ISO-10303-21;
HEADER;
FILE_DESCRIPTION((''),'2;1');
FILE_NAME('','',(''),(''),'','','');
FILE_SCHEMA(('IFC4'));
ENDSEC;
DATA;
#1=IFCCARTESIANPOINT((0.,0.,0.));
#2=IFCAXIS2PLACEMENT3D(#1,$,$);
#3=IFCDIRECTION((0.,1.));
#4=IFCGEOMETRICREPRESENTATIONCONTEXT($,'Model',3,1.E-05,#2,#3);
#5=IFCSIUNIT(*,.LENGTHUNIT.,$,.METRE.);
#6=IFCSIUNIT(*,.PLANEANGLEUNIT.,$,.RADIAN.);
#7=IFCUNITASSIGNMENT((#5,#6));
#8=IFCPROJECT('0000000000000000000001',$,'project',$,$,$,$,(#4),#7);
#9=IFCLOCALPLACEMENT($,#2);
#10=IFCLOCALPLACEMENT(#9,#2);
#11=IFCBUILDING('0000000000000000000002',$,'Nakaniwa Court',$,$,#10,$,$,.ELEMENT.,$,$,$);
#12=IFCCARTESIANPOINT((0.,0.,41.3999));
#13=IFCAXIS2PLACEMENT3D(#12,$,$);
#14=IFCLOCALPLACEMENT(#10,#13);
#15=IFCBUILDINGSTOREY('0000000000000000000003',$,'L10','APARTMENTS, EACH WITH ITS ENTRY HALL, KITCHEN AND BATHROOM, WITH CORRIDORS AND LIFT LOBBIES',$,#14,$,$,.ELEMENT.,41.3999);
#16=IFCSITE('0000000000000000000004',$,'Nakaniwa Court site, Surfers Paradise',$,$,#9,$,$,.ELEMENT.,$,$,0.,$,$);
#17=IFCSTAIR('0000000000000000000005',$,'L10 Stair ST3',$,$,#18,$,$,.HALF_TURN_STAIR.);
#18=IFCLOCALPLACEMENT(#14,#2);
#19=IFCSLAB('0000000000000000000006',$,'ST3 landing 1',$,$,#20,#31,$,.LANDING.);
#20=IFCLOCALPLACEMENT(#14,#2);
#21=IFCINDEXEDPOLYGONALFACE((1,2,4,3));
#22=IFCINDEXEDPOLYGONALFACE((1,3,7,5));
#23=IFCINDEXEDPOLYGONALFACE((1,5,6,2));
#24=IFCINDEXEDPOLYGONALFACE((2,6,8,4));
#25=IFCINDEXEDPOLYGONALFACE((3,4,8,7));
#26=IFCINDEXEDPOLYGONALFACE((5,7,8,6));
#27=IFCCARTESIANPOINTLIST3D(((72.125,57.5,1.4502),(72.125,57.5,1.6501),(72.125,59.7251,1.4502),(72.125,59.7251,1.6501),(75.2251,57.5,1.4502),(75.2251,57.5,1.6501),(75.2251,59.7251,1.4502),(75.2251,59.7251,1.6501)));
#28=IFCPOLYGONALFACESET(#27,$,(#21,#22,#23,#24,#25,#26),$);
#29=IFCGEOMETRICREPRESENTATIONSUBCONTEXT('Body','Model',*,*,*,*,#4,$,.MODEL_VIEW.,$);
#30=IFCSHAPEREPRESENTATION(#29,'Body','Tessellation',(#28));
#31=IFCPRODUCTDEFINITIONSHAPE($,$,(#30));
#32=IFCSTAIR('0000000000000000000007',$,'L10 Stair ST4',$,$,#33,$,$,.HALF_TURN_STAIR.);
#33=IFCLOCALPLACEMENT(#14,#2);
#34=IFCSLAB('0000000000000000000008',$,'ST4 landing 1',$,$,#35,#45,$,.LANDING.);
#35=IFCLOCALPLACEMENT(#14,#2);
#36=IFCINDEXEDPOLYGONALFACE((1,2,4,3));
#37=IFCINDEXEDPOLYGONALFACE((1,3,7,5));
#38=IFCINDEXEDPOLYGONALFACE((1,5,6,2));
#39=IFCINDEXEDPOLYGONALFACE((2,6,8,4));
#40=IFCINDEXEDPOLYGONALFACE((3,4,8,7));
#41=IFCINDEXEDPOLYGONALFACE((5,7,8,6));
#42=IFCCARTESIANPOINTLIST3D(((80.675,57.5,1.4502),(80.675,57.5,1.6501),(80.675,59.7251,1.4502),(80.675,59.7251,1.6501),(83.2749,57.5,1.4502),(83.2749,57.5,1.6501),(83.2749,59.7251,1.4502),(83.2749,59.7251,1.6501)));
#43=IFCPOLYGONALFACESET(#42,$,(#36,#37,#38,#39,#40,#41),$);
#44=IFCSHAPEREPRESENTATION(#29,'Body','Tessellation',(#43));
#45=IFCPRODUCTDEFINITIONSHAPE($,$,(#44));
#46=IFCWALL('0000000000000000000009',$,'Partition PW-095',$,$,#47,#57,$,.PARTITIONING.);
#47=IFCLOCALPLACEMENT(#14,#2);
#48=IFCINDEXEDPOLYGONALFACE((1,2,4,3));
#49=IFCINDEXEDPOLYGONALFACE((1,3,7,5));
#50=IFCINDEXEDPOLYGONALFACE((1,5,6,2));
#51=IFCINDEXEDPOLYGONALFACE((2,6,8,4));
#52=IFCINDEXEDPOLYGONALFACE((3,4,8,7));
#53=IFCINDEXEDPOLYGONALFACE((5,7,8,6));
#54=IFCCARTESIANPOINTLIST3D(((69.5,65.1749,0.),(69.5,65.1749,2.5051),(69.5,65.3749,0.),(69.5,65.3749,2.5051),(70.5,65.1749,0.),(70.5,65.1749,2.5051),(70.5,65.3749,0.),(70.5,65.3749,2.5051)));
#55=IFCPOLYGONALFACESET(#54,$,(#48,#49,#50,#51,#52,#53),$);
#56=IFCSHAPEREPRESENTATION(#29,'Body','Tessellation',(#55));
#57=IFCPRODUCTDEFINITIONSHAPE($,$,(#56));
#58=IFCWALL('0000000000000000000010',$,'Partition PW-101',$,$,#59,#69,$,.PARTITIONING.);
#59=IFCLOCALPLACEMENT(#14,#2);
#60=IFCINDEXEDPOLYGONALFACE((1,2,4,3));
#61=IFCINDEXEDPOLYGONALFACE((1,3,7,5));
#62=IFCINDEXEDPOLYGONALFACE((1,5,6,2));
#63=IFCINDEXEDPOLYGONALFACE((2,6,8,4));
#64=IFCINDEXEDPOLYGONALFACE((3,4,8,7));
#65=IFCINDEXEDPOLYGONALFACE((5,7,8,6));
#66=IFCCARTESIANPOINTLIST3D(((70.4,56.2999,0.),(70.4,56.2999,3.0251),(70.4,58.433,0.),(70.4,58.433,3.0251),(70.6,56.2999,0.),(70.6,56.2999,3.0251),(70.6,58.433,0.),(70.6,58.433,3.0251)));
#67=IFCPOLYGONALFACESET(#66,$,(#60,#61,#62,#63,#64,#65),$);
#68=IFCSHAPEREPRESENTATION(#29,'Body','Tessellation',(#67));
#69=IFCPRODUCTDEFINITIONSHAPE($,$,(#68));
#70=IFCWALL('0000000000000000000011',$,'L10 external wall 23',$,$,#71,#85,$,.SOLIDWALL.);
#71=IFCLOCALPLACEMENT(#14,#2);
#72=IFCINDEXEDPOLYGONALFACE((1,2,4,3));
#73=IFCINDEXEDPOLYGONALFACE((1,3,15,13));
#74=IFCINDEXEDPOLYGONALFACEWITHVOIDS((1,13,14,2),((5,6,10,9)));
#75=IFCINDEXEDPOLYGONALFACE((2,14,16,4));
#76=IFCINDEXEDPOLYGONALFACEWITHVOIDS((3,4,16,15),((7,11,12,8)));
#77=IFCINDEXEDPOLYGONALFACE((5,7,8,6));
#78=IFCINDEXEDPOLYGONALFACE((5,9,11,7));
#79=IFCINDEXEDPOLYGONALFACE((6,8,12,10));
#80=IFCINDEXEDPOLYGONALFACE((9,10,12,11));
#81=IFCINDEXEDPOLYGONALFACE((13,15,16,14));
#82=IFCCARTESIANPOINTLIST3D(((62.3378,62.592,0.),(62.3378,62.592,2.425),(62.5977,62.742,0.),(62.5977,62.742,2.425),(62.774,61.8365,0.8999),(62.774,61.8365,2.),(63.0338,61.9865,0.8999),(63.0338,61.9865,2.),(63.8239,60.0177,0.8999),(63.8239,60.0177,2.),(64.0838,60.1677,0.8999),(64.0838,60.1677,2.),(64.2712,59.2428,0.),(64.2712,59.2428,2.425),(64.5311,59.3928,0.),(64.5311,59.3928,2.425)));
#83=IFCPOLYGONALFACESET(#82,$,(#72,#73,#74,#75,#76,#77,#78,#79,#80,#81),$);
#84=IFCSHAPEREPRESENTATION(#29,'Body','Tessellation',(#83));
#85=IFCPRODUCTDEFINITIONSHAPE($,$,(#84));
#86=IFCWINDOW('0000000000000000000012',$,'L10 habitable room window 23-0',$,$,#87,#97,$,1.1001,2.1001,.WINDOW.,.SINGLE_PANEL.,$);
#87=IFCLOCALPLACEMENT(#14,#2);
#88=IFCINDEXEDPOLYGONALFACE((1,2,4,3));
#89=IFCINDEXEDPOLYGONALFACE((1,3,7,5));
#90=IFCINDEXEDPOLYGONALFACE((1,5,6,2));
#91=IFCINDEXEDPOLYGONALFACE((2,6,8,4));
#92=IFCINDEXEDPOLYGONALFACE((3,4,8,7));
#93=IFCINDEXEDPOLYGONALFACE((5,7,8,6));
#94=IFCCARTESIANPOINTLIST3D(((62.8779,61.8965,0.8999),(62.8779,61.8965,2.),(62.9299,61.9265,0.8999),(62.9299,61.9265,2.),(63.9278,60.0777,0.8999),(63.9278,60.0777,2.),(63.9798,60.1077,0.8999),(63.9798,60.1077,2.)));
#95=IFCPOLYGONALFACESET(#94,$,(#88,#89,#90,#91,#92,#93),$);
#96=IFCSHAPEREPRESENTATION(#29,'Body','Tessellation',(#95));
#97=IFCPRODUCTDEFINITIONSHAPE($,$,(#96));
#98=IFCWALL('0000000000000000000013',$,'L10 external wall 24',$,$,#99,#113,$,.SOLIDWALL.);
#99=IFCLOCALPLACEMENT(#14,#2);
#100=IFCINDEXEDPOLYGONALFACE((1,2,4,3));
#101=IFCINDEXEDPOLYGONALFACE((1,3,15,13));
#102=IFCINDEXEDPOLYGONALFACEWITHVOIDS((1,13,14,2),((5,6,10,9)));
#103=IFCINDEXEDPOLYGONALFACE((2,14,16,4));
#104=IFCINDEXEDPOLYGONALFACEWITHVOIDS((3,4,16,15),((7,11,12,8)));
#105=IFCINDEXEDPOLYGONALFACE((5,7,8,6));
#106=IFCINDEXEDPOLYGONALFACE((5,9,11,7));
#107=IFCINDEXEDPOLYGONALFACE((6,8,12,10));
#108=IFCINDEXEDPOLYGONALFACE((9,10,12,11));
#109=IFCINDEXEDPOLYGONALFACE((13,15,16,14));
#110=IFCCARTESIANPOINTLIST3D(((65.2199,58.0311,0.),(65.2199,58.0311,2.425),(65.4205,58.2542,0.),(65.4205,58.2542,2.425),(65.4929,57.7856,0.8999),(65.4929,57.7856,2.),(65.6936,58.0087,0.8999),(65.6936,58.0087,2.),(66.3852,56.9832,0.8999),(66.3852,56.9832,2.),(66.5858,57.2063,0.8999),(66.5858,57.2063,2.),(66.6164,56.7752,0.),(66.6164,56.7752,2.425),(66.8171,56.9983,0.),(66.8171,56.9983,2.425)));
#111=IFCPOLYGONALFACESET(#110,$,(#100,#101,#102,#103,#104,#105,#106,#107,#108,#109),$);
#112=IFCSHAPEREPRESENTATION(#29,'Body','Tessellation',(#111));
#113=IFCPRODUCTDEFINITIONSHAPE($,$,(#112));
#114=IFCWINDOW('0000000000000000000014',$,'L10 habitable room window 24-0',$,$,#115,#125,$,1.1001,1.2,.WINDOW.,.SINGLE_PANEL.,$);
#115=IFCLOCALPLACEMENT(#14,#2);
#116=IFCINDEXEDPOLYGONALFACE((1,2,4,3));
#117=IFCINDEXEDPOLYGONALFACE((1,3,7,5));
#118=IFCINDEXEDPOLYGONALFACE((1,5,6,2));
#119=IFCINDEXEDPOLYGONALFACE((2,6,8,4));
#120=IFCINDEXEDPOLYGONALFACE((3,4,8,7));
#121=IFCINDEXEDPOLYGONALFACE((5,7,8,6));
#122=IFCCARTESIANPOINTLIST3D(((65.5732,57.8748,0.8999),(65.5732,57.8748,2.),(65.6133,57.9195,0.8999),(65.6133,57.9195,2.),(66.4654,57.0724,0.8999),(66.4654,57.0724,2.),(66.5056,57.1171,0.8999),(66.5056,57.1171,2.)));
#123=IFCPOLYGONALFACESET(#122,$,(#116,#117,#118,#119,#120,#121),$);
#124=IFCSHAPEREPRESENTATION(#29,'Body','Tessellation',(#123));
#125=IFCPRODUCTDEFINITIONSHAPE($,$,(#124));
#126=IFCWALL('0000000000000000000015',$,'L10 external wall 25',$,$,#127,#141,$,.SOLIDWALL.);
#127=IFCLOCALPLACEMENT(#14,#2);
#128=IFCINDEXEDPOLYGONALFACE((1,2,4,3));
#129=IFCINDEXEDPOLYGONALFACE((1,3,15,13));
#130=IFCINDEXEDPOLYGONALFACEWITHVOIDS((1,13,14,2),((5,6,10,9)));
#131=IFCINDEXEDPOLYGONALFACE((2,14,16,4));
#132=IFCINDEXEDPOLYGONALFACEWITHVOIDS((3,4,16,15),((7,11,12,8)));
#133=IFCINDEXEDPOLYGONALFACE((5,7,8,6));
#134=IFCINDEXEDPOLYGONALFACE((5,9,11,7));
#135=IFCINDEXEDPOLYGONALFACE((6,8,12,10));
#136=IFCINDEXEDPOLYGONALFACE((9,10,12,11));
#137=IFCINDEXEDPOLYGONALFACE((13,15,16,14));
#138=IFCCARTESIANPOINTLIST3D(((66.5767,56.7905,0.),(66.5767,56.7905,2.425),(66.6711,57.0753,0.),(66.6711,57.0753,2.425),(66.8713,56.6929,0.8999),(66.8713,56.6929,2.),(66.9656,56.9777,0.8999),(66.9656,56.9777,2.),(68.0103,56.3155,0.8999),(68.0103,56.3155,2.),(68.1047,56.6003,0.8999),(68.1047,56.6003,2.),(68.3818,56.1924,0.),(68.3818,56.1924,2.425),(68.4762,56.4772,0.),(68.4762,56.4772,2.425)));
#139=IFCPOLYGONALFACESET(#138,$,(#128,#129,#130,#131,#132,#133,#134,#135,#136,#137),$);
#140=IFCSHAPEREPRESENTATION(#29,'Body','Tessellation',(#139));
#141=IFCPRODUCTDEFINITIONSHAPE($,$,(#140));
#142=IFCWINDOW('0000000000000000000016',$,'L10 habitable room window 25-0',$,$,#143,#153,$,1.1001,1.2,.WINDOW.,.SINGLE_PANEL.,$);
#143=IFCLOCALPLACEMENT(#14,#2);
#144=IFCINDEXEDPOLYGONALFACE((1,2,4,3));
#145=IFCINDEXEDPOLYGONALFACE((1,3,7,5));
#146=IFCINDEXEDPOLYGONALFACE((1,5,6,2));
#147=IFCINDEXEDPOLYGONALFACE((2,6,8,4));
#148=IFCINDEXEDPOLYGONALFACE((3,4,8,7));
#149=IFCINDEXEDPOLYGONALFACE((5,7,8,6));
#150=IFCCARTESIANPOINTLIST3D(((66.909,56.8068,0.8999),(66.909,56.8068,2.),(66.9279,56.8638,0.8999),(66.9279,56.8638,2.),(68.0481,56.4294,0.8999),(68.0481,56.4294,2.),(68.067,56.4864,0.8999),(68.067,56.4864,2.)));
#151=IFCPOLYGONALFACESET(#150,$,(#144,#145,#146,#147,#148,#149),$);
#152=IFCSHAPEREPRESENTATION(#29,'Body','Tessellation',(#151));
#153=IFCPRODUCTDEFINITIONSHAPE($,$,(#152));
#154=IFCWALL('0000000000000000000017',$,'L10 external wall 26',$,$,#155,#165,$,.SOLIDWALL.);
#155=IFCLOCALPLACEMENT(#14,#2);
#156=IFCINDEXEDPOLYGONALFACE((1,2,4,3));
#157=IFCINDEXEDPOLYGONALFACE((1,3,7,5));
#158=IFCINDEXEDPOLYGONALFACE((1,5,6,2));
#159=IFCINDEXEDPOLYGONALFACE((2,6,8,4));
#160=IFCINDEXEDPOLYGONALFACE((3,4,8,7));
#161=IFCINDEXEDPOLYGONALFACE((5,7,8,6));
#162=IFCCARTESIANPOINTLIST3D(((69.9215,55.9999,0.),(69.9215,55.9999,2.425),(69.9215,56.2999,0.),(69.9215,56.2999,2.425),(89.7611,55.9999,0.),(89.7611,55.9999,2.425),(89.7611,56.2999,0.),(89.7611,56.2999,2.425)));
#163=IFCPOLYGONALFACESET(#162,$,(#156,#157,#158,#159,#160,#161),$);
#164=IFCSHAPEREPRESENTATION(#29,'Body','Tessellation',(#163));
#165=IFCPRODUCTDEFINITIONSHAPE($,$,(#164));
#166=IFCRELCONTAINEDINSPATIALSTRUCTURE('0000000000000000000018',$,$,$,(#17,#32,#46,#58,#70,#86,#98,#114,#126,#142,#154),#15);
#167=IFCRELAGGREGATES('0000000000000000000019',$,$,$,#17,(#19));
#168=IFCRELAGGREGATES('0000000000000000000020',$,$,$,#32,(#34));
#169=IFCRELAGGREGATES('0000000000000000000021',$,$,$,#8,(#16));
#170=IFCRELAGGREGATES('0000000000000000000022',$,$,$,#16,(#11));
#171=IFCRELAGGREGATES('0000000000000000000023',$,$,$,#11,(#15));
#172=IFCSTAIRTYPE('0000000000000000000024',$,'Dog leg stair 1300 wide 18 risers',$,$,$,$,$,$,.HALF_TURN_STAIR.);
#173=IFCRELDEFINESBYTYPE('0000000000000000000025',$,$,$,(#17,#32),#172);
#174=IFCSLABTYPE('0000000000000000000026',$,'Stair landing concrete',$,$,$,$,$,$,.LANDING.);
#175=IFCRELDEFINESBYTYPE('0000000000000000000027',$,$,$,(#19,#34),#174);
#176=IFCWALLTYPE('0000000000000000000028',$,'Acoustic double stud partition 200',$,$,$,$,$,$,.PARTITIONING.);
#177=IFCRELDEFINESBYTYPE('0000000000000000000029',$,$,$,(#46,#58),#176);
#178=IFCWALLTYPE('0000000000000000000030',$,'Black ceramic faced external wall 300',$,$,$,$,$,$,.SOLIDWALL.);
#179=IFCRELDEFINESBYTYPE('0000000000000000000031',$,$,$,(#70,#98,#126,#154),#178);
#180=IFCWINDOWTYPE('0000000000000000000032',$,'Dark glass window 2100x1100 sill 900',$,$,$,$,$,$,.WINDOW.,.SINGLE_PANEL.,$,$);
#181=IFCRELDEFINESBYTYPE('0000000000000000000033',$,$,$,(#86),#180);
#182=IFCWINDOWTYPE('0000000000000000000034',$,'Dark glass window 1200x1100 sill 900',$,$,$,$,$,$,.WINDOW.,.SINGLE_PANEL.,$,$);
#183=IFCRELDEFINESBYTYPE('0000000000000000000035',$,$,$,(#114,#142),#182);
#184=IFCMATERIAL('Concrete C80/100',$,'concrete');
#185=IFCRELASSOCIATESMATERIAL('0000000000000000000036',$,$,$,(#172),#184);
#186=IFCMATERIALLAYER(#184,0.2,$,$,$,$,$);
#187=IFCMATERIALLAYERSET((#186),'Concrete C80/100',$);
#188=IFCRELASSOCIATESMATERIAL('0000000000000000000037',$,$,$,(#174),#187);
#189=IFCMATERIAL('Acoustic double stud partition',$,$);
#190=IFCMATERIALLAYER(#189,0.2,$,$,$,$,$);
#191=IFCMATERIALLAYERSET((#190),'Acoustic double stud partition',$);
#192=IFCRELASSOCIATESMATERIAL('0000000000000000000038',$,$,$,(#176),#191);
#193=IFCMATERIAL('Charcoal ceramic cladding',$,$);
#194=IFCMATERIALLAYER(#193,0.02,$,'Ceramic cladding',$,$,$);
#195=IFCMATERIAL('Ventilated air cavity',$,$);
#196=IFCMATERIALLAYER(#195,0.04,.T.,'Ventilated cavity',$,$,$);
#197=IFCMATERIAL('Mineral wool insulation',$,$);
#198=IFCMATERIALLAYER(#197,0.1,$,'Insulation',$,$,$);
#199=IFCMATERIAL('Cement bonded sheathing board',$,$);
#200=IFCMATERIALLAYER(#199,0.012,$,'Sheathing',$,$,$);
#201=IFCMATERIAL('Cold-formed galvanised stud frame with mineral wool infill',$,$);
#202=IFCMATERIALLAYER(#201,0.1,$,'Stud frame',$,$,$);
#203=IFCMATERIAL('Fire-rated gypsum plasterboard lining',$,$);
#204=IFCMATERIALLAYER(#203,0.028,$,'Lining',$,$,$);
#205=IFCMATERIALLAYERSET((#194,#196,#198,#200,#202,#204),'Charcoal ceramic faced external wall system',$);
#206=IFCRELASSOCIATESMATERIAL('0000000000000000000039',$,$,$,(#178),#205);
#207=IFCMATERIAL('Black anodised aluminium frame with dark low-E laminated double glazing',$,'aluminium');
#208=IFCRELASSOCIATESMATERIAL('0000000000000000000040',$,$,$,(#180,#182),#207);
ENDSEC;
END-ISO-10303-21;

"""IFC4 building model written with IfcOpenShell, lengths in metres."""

from ifc_helpers import new_model, si_unit, direction, frame, frame_2d, origin, place, context, subcontext, project, spatial, polyline, rectangle, outline, extrude, material, layer, layer_set, type_object, element, fill, aggregate, save


model = new_model("IFC4")

# Units and contexts
model_context = context("Model", 3, precision=1e-05, world=origin(), true_north=direction((0.0, 1.0)))
body_context = subcontext(model_context, "Body", "Model", "MODEL_VIEW")
ifc_project = project(units=[si_unit("LENGTHUNIT", "METRE"), si_unit("PLANEANGLEUNIT", "RADIAN")], contexts=[model_context])

# Site, building, storey
site_placement = place(None, origin())
site = spatial("IfcSite", under=ifc_project, at=site_placement, Name="Nakaniwa Court site, Surfers Paradise", CompositionType="ELEMENT", RefElevation=0.0)
building_placement = place(site_placement, origin())
building = spatial("IfcBuilding", under=site, at=building_placement, Name="Nakaniwa Court", CompositionType="ELEMENT")
storey_placement = place(building_placement, frame((0.0, 0.0, 41.3999)))
storey = spatial("IfcBuildingStorey", under=building, at=storey_placement, Name="L10", Description="APARTMENTS, EACH WITH ITS ENTRY HALL, KITCHEN AND BATHROOM, WITH CORRIDORS AND LIFT LOBBIES", CompositionType="ELEMENT", Elevation=41.3999)

# Stairs, slabs
ifc_material_1 = material(Name="Concrete C80/100", Category="concrete")
stair_type = type_object("IfcStairType", Name="Dog leg stair 1300 wide 18 risers", PredefinedType="HALF_TURN_STAIR", material=ifc_material_1)
ifc_layer_1 = layer(ifc_material_1, 0.2)
ifc_layer_set_1 = layer_set([ifc_layer_1], Name="Concrete C80/100")
slab_type_1 = type_object("IfcSlabType", Name="Stair landing concrete", PredefinedType="LANDING", material=ifc_layer_set_1)
stair_1_placement = place(storey_placement, origin())
stair_1 = element("IfcStair", 1, at=stair_1_placement, inside=storey, type_object=stair_type, Name="L10 Stair ST3", PredefinedType="HALF_TURN_STAIR")
slab_1_placement = place(storey_placement, frame((0.0, 0.0, 1.4502)))
slab_1 = element("IfcSlab", 2, at=slab_1_placement, type_object=slab_type_1, Name="ST3 landing 1", PredefinedType="LANDING", context=body_context, shape_type="SweptSolid", body=[
    extrude(outline(polyline([(75.2251, 57.5), (75.2251, 59.7251), (72.125, 59.7251), (72.125, 57.5), (75.2251, 57.5)])), origin(), (0.0, 0.0, 1.0), 0.2),
])
aggregate(stair_1, [slab_1])
stair_2_placement = place(storey_placement, origin())
stair_2 = element("IfcStair", 3, at=stair_2_placement, inside=storey, type_object=stair_type, Name="L10 Stair ST4", PredefinedType="HALF_TURN_STAIR")
slab_2_placement = place(storey_placement, frame((0.0, 0.0, 1.4502)))
slab_2 = element("IfcSlab", 4, at=slab_2_placement, type_object=slab_type_1, Name="ST4 landing 1", PredefinedType="LANDING", context=body_context, shape_type="SweptSolid", body=[
    extrude(outline(polyline([(83.2749, 57.5), (83.2749, 59.7251), (80.675, 59.7251), (80.675, 57.5), (83.2749, 57.5)])), origin(), (0.0, 0.0, 1.0), 0.2),
])
aggregate(stair_2, [slab_2])

# Walls
ifc_material_2 = material(Name="Acoustic double stud partition")
ifc_layer_2 = layer(ifc_material_2, 0.2)
ifc_layer_set_2 = layer_set([ifc_layer_2], Name="Acoustic double stud partition")
wall_type_1 = type_object("IfcWallType", Name="Acoustic double stud partition 200", PredefinedType="PARTITIONING", material=ifc_layer_set_2)
wall_1_placement = place(storey_placement, frame((69.5, 65.2749, 0.0), z_axis=(0.0, 0.0, 1.0), x_axis=(1.0, 0.0, 0.0)))
element("IfcWall", 5, at=wall_1_placement, inside=storey, type_object=wall_type_1, Name="Partition PW-095", PredefinedType="PARTITIONING", context=body_context, shape_type="SweptSolid", body=[
    extrude(rectangle(XDim=1.0, YDim=0.2, at=frame_2d((0.5, 0.0))), origin(), (0.0, 0.0, 1.0), 2.5051),
])
wall_2_placement = place(storey_placement, frame((70.5, 56.3, 0.0), z_axis=(0.0, 0.0, 1.0), x_axis=(0.0, 1.0, 0.0)))
element("IfcWall", 6, at=wall_2_placement, inside=storey, type_object=wall_type_1, Name="Partition PW-101", PredefinedType="PARTITIONING", context=body_context, shape_type="SweptSolid", body=[
    extrude(rectangle(XDim=2.1331, YDim=0.2, at=frame_2d((1.0664, 0.0))), origin(), (0.0, 0.0, 1.0), 3.0251),
])

# Walls, openings, windows
ifc_material_3 = material(Name="Charcoal ceramic cladding")
ifc_layer_3 = layer(ifc_material_3, 0.02, Name="Ceramic cladding")
ifc_material_4 = material(Name="Ventilated air cavity")
ifc_layer_4 = layer(ifc_material_4, 0.04, ventilated=True, Name="Ventilated cavity")
ifc_material_5 = material(Name="Mineral wool insulation")
ifc_layer_5 = layer(ifc_material_5, 0.1, Name="Insulation")
ifc_material_6 = material(Name="Cement bonded sheathing board")
ifc_layer_6 = layer(ifc_material_6, 0.012, Name="Sheathing")
ifc_material_7 = material(Name="Cold-formed galvanised stud frame with mineral wool infill")
ifc_layer_7 = layer(ifc_material_7, 0.1, Name="Stud frame")
ifc_material_8 = material(Name="Fire-rated gypsum plasterboard lining")
ifc_layer_8 = layer(ifc_material_8, 0.028, Name="Lining")
ifc_layer_set_3 = layer_set([ifc_layer_3, ifc_layer_4, ifc_layer_5, ifc_layer_6, ifc_layer_7, ifc_layer_8], Name="Charcoal ceramic faced external wall system")
wall_type_2 = type_object("IfcWallType", Name="Black ceramic faced external wall 300", PredefinedType="SOLIDWALL", material=ifc_layer_set_3)
wall_3_placement = place(storey_placement, frame((62.4678, 62.667, 0.0), z_axis=(0.0, 0.0, 1.0), x_axis=(0.499948, -0.866055, 0.0)))
wall_3 = element("IfcWall", 7, at=wall_3_placement, inside=storey, type_object=wall_type_2, Name="L10 external wall 23", PredefinedType="SOLIDWALL", context=body_context, shape_type="SweptSolid", body=[
    extrude(rectangle(XDim=3.8672, YDim=0.3, at=frame_2d((1.9336, 0.0))), origin(), (0.0, 0.0, 1.0), 2.425),
])
opening_1_placement = place(wall_3_placement, frame((0.8723, 0.0, 0.8999)))
opening_1 = element("IfcOpeningElement", 8, at=opening_1_placement, cuts=wall_3, PredefinedType="OPENING", context=body_context, shape_type="SweptSolid", body=[
    extrude(rectangle(XDim=2.1001, YDim=1.1001, at=frame_2d((1.05, 0.55))), frame((0.0, 0.1599, 0.0), z_axis=(0.0, -1.0, 0.0), x_axis=(1.0, 0.0, 0.0)), (0.0, 0.0, 1.0), 0.3201),
])
ifc_material_9 = material(Name="Black anodised aluminium frame with dark low-E laminated double glazing", Category="aluminium")
window_type_1 = type_object("IfcWindowType", Name="Dark glass window 2100x1100 sill 900", PartitioningType="SINGLE_PANEL", PredefinedType="WINDOW", material=ifc_material_9)
window_1_placement = place(opening_1_placement, origin())
window_1 = element("IfcWindow", 9, at=window_1_placement, inside=storey, type_object=window_type_1, Name="L10 habitable room window 23-0", OverallHeight=1.1001, OverallWidth=2.1001, PartitioningType="SINGLE_PANEL", PredefinedType="WINDOW", context=body_context, shape_type="SweptSolid", body=[
    extrude(rectangle(XDim=2.1001, YDim=1.1001, at=frame_2d((1.05, 0.55))), frame((0.0, 0.03, 0.0), z_axis=(0.0, -1.0, 0.0), x_axis=(1.0, 0.0, 0.0)), (0.0, 0.0, 1.0), 0.0601),
])
fill(opening_1, window_1)
wall_4_placement = place(storey_placement, frame((65.3203, 58.1426, 0.0), z_axis=(0.0, 0.0, 1.0), x_axis=(0.743553, -0.668677, 0.0)))
wall_4 = element("IfcWall", 10, at=wall_4_placement, inside=storey, type_object=wall_type_2, Name="L10 external wall 24", PredefinedType="SOLIDWALL", context=body_context, shape_type="SweptSolid", body=[
    extrude(rectangle(XDim=1.8782, YDim=0.3, at=frame_2d((0.939, 0.0))), origin(), (0.0, 0.0, 1.0), 2.425),
])
opening_2_placement = place(wall_4_placement, frame((0.3669, 0.0, 0.8999)))
opening_2 = element("IfcOpeningElement", 11, at=opening_2_placement, cuts=wall_4, PredefinedType="OPENING", context=body_context, shape_type="SweptSolid", body=[
    extrude(rectangle(XDim=1.2, YDim=1.1001, at=frame_2d((0.6001, 0.55))), frame((0.0, 0.1599, 0.0), z_axis=(0.0, -1.0, 0.0), x_axis=(1.0, 0.0, 0.0)), (0.0, 0.0, 1.0), 0.3201),
])
window_type_2 = type_object("IfcWindowType", Name="Dark glass window 1200x1100 sill 900", PartitioningType="SINGLE_PANEL", PredefinedType="WINDOW", material=ifc_material_9)
window_2_placement = place(opening_2_placement, origin())
window_2 = element("IfcWindow", 12, at=window_2_placement, inside=storey, type_object=window_type_2, Name="L10 habitable room window 24-0", OverallHeight=1.1001, OverallWidth=1.2, PartitioningType="SINGLE_PANEL", PredefinedType="WINDOW", context=body_context, shape_type="SweptSolid", body=[
    extrude(rectangle(XDim=1.2, YDim=1.1001, at=frame_2d((0.6001, 0.55))), frame((0.0, 0.03, 0.0), z_axis=(0.0, -1.0, 0.0), x_axis=(1.0, 0.0, 0.0)), (0.0, 0.0, 1.0), 0.0601),
])
fill(opening_2, window_2)
wall_5_placement = place(storey_placement, frame((66.624, 56.9329, 0.0), z_axis=(0.0, 0.0, 1.0), x_axis=(0.949247, -0.314533, 0.0)))
wall_5 = element("IfcWall", 13, at=wall_5_placement, inside=storey, type_object=wall_type_2, Name="L10 external wall 25", PredefinedType="SOLIDWALL", context=body_context, shape_type="SweptSolid", body=[
    extrude(rectangle(XDim=1.9016, YDim=0.3, at=frame_2d((0.9507, 0.0))), origin(), (0.0, 0.0, 1.0), 2.425),
])
opening_3_placement = place(wall_5_placement, frame((0.3101, 0.0, 0.8999)))
opening_3 = element("IfcOpeningElement", 14, at=opening_3_placement, cuts=wall_5, PredefinedType="OPENING", context=body_context, shape_type="SweptSolid", body=[
    extrude(rectangle(XDim=1.2, YDim=1.1001, at=frame_2d((0.6001, 0.55))), frame((0.0, 0.1599, 0.0), z_axis=(0.0, -1.0, 0.0), x_axis=(1.0, 0.0, 0.0)), (0.0, 0.0, 1.0), 0.3201),
])
window_3_placement = place(opening_3_placement, origin())
window_3 = element("IfcWindow", 15, at=window_3_placement, inside=storey, type_object=window_type_2, Name="L10 habitable room window 25-0", OverallHeight=1.1001, OverallWidth=1.2, PartitioningType="SINGLE_PANEL", PredefinedType="WINDOW", context=body_context, shape_type="SweptSolid", body=[
    extrude(rectangle(XDim=1.2, YDim=1.1001, at=frame_2d((0.6001, 0.55))), frame((0.0, 0.03, 0.0), z_axis=(0.0, -1.0, 0.0), x_axis=(1.0, 0.0, 0.0)), (0.0, 0.0, 1.0), 0.0601),
])
fill(opening_3, window_3)

# Wall
wall_6_placement = place(storey_placement, frame((69.9214, 56.1499, 0.0), z_axis=(0.0, 0.0, 1.0), x_axis=(1.0, 0.0, 0.0)))
element("IfcWall", 16, at=wall_6_placement, inside=storey, type_object=wall_type_2, Name="L10 external wall 26", PredefinedType="SOLIDWALL", context=body_context, shape_type="SweptSolid", body=[
    extrude(rectangle(XDim=19.8396, YDim=0.3, at=frame_2d((9.9199, 0.0))), origin(), (0.0, 0.0, 1.0), 2.425),
])

save(model, "model.ifc")
